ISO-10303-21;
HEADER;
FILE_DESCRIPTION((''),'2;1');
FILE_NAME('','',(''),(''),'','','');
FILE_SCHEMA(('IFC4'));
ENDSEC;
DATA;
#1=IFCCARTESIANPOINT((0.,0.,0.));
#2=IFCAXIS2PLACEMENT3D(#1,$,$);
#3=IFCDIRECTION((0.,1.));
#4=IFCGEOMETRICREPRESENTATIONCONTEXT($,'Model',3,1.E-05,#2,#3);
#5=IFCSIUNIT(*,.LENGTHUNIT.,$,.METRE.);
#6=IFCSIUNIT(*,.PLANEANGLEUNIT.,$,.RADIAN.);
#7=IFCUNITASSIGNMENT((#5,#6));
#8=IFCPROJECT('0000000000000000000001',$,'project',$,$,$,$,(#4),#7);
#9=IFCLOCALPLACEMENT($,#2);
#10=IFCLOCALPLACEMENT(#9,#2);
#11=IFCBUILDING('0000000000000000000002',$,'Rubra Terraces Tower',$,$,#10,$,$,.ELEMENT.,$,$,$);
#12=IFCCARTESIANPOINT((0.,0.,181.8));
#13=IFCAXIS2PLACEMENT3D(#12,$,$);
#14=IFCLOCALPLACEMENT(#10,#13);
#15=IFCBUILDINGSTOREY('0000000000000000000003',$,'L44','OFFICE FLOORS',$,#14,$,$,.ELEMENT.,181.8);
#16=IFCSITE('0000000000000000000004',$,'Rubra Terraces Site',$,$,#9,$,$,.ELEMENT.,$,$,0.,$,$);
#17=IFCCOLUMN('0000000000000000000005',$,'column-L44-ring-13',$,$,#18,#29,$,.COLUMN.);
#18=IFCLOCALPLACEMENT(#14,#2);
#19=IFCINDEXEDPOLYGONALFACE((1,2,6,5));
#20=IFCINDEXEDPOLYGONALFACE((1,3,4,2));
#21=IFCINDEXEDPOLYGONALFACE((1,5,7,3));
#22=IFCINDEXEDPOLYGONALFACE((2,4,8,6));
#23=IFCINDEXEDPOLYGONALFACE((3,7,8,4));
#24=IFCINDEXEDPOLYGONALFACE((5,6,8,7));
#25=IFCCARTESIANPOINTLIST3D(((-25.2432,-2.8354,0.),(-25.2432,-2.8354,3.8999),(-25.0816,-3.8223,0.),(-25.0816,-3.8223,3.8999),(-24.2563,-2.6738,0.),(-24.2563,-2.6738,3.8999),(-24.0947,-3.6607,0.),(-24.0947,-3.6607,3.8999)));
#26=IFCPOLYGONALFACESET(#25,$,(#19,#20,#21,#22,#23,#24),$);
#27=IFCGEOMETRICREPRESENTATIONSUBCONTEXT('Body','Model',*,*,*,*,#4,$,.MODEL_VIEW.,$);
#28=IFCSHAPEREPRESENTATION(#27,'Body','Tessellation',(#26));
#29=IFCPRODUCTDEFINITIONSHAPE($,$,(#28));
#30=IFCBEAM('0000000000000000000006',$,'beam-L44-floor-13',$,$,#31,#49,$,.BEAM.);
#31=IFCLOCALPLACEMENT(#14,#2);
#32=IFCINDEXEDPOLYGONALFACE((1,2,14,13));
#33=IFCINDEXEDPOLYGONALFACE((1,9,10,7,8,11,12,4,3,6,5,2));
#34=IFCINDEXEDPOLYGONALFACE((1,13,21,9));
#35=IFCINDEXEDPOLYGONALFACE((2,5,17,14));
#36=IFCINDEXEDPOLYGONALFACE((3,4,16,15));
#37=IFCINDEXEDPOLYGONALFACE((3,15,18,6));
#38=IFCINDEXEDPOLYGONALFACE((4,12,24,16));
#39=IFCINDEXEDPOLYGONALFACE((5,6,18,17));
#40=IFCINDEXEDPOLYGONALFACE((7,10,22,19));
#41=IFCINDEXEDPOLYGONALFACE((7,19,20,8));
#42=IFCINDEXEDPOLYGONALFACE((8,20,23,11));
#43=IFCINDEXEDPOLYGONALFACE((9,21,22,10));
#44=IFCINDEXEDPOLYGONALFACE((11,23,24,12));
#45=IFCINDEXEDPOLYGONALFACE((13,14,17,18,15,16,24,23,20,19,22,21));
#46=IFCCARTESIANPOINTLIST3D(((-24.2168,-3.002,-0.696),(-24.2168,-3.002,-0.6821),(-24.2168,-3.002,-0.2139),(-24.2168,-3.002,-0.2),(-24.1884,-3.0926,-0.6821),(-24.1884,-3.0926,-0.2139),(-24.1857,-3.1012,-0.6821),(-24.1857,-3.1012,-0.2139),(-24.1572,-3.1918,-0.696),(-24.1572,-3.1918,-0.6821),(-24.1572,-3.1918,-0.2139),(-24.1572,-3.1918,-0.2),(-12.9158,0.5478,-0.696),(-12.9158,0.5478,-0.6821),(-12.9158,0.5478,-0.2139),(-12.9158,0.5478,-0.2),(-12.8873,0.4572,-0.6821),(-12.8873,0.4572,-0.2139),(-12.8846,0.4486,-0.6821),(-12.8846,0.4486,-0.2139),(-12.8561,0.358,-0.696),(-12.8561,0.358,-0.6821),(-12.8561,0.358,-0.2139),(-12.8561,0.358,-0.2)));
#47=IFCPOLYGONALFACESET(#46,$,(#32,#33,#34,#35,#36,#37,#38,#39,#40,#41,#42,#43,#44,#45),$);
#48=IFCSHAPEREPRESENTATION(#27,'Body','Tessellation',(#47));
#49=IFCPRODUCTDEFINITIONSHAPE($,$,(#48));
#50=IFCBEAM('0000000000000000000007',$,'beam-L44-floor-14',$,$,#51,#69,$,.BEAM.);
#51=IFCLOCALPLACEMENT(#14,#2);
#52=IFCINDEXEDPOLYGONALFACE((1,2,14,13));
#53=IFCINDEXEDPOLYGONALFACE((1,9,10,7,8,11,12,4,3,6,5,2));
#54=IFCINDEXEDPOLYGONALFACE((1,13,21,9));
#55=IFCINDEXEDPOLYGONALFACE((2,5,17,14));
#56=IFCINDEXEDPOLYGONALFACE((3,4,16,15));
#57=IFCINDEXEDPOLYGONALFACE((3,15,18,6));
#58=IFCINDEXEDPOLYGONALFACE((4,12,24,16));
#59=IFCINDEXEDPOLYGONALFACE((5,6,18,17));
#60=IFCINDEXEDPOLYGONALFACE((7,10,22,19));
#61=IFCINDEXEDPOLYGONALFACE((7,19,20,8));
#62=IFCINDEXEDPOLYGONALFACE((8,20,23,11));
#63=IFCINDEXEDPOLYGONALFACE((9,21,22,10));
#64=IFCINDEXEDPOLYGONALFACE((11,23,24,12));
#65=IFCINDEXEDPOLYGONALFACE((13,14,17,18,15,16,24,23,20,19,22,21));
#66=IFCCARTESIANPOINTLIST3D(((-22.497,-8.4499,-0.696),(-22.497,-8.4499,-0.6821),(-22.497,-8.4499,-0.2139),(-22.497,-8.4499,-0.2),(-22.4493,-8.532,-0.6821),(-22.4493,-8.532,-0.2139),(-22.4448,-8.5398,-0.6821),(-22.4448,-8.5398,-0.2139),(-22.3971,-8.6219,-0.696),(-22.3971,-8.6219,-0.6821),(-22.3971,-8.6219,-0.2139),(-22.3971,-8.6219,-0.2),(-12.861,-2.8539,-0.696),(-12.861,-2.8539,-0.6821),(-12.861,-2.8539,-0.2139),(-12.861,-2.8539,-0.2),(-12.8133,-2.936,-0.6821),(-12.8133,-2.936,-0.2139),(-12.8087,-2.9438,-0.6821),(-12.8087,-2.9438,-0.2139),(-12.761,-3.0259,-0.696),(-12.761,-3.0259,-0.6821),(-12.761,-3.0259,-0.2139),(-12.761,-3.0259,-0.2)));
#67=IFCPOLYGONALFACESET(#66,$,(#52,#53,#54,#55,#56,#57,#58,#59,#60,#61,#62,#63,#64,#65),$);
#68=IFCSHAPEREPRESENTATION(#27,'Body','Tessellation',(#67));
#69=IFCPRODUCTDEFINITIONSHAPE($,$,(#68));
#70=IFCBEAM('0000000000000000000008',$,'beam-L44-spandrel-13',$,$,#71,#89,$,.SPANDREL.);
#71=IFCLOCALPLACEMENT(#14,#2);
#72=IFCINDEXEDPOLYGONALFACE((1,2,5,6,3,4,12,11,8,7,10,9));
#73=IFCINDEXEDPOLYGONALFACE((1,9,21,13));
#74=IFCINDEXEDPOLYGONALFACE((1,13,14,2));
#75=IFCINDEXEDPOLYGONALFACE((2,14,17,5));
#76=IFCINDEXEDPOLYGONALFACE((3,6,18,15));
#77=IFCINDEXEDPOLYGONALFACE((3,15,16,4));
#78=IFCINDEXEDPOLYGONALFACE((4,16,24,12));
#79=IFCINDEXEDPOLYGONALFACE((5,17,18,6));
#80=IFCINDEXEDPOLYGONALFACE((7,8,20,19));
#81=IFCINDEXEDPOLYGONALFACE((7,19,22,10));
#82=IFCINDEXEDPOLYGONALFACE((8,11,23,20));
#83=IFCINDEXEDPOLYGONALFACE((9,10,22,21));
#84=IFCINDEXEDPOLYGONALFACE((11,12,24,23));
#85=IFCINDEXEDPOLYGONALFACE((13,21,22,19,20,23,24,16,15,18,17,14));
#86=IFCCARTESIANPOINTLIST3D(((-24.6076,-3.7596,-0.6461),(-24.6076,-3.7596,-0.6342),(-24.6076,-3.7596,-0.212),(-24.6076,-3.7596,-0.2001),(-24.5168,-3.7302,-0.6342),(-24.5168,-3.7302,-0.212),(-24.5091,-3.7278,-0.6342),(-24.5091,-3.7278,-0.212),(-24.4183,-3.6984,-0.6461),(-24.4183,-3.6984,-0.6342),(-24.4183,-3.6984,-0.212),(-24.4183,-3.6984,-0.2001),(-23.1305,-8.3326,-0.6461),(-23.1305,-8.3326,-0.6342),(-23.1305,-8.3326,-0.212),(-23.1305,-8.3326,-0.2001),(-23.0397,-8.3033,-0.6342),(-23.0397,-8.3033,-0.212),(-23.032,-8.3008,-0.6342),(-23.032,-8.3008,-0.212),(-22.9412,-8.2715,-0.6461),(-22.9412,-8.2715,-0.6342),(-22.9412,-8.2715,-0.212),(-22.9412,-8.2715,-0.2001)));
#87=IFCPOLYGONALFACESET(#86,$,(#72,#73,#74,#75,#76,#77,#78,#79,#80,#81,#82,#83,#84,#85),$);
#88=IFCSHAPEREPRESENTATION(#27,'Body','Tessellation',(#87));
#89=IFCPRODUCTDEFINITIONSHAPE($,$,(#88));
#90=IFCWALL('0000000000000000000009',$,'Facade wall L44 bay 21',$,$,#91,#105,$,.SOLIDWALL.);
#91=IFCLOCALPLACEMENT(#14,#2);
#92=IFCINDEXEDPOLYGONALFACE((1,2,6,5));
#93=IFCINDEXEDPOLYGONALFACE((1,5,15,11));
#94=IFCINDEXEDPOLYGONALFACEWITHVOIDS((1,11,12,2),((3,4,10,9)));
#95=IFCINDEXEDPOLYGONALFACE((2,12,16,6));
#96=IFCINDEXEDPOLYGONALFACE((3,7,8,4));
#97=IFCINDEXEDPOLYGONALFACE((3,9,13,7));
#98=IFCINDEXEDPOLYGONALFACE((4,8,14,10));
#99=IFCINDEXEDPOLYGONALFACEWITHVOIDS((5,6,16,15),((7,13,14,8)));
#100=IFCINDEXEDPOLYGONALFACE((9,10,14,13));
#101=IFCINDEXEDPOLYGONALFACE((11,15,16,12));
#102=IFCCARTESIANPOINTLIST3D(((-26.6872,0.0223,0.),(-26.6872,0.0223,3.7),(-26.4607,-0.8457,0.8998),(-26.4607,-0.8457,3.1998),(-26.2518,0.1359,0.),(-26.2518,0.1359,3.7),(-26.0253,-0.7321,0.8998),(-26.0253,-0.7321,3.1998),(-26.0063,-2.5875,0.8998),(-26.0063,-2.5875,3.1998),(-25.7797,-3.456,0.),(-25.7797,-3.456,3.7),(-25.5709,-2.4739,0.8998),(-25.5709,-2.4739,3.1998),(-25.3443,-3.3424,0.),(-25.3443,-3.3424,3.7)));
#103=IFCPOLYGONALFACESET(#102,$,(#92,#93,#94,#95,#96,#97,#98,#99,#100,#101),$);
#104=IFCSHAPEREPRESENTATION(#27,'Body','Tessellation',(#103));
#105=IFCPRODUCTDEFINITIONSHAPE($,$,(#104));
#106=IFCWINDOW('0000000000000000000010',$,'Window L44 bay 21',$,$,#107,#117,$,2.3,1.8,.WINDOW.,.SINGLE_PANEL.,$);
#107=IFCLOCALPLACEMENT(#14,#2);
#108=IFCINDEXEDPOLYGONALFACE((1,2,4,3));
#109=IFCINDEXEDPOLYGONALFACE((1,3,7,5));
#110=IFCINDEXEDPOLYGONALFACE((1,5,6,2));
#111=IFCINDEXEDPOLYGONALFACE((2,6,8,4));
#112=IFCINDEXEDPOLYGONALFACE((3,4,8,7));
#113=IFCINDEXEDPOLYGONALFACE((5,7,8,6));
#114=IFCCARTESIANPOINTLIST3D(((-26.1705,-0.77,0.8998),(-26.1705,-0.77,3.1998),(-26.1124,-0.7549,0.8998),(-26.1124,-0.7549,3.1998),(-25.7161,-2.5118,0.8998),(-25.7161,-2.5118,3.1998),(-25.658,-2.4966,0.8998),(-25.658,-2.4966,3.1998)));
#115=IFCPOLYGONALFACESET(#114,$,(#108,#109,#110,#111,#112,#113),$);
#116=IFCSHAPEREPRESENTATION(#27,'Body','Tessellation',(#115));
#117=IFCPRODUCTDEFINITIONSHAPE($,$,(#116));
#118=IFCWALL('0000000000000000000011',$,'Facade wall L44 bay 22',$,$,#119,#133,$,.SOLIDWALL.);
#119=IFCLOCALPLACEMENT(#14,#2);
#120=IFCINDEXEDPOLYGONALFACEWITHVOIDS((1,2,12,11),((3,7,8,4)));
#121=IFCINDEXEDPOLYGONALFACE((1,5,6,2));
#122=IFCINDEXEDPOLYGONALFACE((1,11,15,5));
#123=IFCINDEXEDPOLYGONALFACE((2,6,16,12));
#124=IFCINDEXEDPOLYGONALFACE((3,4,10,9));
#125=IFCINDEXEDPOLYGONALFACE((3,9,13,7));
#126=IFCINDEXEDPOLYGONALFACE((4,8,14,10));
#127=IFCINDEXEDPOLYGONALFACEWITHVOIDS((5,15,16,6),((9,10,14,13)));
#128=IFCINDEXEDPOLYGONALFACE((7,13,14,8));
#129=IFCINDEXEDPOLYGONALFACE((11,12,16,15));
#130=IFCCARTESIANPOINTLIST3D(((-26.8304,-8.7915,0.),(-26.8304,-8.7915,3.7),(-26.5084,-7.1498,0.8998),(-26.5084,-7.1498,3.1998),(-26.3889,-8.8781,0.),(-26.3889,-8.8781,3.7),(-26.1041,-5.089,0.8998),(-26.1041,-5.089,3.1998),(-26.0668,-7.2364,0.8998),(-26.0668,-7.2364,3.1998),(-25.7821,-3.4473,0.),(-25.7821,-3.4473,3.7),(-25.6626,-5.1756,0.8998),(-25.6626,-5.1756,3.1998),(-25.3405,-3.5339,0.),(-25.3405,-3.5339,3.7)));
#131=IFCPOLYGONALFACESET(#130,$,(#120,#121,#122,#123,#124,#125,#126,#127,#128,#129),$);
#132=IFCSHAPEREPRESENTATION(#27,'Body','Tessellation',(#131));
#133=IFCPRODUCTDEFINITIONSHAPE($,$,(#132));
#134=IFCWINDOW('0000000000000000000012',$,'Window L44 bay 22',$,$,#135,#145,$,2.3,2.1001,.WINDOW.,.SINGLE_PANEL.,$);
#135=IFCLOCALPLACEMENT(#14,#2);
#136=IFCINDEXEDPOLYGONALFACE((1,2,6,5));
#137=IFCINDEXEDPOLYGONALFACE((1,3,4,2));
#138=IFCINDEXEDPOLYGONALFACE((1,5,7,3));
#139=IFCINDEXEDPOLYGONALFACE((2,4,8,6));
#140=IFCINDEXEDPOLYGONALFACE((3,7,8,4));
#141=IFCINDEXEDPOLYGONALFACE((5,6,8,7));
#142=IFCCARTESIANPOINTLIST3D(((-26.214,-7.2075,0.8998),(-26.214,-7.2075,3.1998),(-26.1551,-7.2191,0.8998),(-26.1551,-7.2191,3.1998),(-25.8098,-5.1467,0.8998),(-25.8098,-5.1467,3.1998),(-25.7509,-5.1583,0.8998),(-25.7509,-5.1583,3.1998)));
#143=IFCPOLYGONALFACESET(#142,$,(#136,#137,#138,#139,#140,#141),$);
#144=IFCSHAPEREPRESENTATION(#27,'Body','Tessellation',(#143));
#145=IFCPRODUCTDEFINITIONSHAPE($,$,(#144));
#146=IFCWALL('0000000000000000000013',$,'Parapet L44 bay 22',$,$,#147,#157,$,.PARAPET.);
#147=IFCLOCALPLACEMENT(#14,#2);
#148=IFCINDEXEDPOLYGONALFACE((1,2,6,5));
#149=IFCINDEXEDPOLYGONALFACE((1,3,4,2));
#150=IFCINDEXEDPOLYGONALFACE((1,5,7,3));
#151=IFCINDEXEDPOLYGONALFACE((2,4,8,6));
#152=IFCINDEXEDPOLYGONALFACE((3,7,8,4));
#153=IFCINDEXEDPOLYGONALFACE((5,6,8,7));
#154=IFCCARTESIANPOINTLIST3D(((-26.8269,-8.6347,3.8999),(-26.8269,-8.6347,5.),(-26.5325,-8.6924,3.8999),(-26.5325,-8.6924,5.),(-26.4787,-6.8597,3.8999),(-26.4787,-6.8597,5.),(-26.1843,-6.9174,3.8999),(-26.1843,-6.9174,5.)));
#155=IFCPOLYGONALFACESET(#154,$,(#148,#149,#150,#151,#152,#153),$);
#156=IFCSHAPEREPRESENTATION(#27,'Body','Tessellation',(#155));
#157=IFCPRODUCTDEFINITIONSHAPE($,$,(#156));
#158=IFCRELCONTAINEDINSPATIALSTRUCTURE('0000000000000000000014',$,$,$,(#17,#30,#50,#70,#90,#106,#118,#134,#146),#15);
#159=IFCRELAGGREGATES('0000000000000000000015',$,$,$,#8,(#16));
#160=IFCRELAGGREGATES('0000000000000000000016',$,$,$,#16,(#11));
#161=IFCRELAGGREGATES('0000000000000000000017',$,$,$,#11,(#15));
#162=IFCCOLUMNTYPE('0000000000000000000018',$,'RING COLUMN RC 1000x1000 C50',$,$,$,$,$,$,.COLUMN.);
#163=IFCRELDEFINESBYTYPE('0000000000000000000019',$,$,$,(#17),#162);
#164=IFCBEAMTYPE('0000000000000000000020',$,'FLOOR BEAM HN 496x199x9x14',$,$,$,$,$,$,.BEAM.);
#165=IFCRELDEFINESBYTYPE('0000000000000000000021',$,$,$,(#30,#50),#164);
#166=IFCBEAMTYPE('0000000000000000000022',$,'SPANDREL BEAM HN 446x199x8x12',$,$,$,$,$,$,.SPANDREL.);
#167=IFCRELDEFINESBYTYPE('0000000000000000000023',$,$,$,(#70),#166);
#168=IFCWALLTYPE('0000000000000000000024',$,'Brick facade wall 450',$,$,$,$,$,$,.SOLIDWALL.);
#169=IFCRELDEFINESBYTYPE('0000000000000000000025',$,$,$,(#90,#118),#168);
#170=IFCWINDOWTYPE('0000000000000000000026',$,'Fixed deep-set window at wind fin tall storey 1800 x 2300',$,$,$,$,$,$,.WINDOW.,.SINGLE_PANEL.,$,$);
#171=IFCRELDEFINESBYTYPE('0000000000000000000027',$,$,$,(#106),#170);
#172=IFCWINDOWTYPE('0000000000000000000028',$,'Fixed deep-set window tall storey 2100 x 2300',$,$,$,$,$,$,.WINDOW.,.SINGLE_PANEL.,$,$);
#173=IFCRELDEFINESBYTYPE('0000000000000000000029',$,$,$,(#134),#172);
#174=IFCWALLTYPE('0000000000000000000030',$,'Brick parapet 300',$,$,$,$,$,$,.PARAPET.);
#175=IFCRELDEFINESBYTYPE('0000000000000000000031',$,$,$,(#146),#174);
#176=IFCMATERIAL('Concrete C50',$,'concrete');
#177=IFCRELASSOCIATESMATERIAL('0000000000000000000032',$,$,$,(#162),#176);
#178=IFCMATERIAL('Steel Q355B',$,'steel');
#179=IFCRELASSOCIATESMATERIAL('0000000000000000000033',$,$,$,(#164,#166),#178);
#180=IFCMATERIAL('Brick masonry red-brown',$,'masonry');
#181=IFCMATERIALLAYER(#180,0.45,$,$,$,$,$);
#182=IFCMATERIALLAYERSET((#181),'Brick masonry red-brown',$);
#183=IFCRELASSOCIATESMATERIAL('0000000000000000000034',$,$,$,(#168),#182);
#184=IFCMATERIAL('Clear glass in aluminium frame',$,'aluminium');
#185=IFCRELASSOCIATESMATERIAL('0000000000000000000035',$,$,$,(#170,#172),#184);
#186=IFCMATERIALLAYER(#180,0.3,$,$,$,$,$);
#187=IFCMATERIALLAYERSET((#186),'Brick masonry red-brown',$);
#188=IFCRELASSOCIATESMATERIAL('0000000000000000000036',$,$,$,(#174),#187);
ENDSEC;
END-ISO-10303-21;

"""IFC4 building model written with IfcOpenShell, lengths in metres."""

from ifc_helpers import new_model, si_unit, direction, frame, frame_2d, origin, origin_2d, place, context, subcontext, project, spatial, rectangle, i_section, extrude, material, layer, layer_set, material_profile, profile_set, type_object, element, fill, save


model = new_model("IFC4")

# Units and contexts
model_context = context("Model", 3, precision=1e-05, world=origin(), true_north=direction((0.0, 1.0)))
body_context = subcontext(model_context, "Body", "Model", "MODEL_VIEW")
ifc_project = project(units=[si_unit("LENGTHUNIT", "METRE"), si_unit("PLANEANGLEUNIT", "RADIAN")], contexts=[model_context])

# Site, building, storey
site_placement = place(None, origin())
site = spatial("IfcSite", under=ifc_project, at=site_placement, Name="Rubra Terraces Site", CompositionType="ELEMENT", RefElevation=0.0)
building_placement = place(site_placement, origin())
building = spatial("IfcBuilding", under=site, at=building_placement, Name="Rubra Terraces Tower", CompositionType="ELEMENT")
storey_placement = place(building_placement, frame((0.0, 0.0, 181.8)))
storey = spatial("IfcBuildingStorey", under=building, at=storey_placement, Name="L44", Description="OFFICE FLOORS", CompositionType="ELEMENT", Elevation=181.8)

# Column
ifc_material_1 = material(Name="Concrete C50", Category="concrete")
ifc_material_profile_1 = material_profile(ifc_material_1, rectangle(XDim=1.0, YDim=1.0, at=origin_2d()), Name="RC 1000x1000")
ifc_profile_set_1 = profile_set([ifc_material_profile_1], Name="Concrete C50")
column_type = type_object("IfcColumnType", Name="RING COLUMN RC 1000x1000 C50", PredefinedType="COLUMN", material=ifc_profile_set_1)
column_placement = place(storey_placement, frame((-24.6689, -3.248, 0.0), z_axis=(0.0, 0.0, 1.0), x_axis=(0.161559, -0.986863, 0.0)))
element("IfcColumn", 1, at=column_placement, inside=storey, type_object=column_type, Name="column-L44-ring-13", PredefinedType="COLUMN", context=body_context, shape_type="SweptSolid", body=[
    extrude(rectangle(XDim=1.0, YDim=1.0, at=origin_2d()), origin(), (0.0, 0.0, 1.0), 3.8999),
])

# Beams
ifc_material_2 = material(Name="Steel Q355B", Category="steel")
ifc_material_profile_2 = material_profile(ifc_material_2, i_section(OverallWidth=0.199, OverallDepth=0.4961, WebThickness=0.009, FlangeThickness=0.0139, at=origin_2d()), Name="HN 496x199x9x14")
ifc_profile_set_2 = profile_set([ifc_material_profile_2], Name="Steel Q355B")
beam_type_1 = type_object("IfcBeamType", Name="FLOOR BEAM HN 496x199x9x14", PredefinedType="BEAM", material=ifc_profile_set_2)
beam_1_placement = place(storey_placement, frame((-24.187, -3.0969, -0.448), z_axis=(0.954041, 0.299677, 0.0), x_axis=(-0.299677, 0.954041, 0.0)))
element("IfcBeam", 2, at=beam_1_placement, inside=storey, type_object=beam_type_1, Name="beam-L44-floor-13", PredefinedType="BEAM", context=body_context, shape_type="SweptSolid", body=[
    extrude(i_section(OverallWidth=0.199, OverallDepth=0.4961, WebThickness=0.009, FlangeThickness=0.0139, at=origin_2d()), origin(), (0.0, 0.0, 1.0), 11.8455),
])
beam_2_placement = place(storey_placement, frame((-22.447, -8.5359, -0.448), z_axis=(0.864755, 0.502193, 0.0), x_axis=(-0.502193, 0.864755, 0.0)))
element("IfcBeam", 3, at=beam_2_placement, inside=storey, type_object=beam_type_1, Name="beam-L44-floor-14", PredefinedType="BEAM", context=body_context, shape_type="SweptSolid", body=[
    extrude(i_section(OverallWidth=0.199, OverallDepth=0.4961, WebThickness=0.009, FlangeThickness=0.0139, at=origin_2d()), origin(), (0.0, 0.0, 1.0), 11.1431),
])
ifc_material_profile_3 = material_profile(ifc_material_2, i_section(OverallWidth=0.199, OverallDepth=0.446, WebThickness=0.0081, FlangeThickness=0.012, at=origin_2d()), Name="HN 446x199x8x12")
ifc_profile_set_3 = profile_set([ifc_material_profile_3], Name="Steel Q355B")
beam_type_2 = type_object("IfcBeamType", Name="SPANDREL BEAM HN 446x199x8x12", PredefinedType="SPANDREL", material=ifc_profile_set_3)
beam_3_placement = place(storey_placement, frame((-24.5129, -3.729, -0.4231), z_axis=(0.307359, -0.951594, 0.0), x_axis=(0.951594, 0.307359, 0.0)))
element("IfcBeam", 4, at=beam_3_placement, inside=storey, type_object=beam_type_2, Name="beam-L44-spandrel-13", PredefinedType="SPANDREL", context=body_context, shape_type="SweptSolid", body=[
    extrude(i_section(OverallWidth=0.199, OverallDepth=0.446, WebThickness=0.0081, FlangeThickness=0.012, at=origin_2d()), origin(), (0.0, 0.0, 1.0), 4.8057),
])

# Walls, openings, windows
ifc_material_3 = material(Name="Brick masonry red-brown", Category="masonry")
ifc_layer_1 = layer(ifc_material_3, 0.45)
ifc_layer_set_1 = layer_set([ifc_layer_1], Name="Brick masonry red-brown")
wall_type_1 = type_object("IfcWallType", Name="Brick facade wall 450", PredefinedType="SOLIDWALL", material=ifc_layer_set_1)
wall_1_placement = place(storey_placement, frame((-26.4695, 0.0791, 0.0), z_axis=(0.0, 0.0, 1.0), x_axis=(0.252447, -0.967611, 0.0)))
wall_1 = element("IfcWall", 5, at=wall_1_placement, inside=storey, type_object=wall_type_1, Name="Facade wall L44 bay 21", PredefinedType="SOLIDWALL", context=body_context, shape_type="SweptSolid", body=[
    extrude(rectangle(XDim=3.5947, YDim=0.45, at=frame_2d((1.7974, 0.0))), origin(), (0.0, 0.0, 1.0), 3.7),
])
opening_1_placement = place(wall_1_placement, frame((0.8972, 0.0, 0.8999)))
opening_1 = element("IfcOpeningElement", 6, at=opening_1_placement, cuts=wall_1, PredefinedType="OPENING", context=body_context, shape_type="SweptSolid", body=[
    extrude(rectangle(XDim=1.8, YDim=2.3, at=frame_2d((0.8999, 1.1499))), frame((0.0, 0.2349, 0.0), z_axis=(0.0, -1.0, 0.0), x_axis=(1.0, 0.0, 0.0)), (0.0, 0.0, 1.0), 0.47),
])
ifc_material_4 = material(Name="Clear glass in aluminium frame", Category="aluminium")
window_type_1 = type_object("IfcWindowType", Name="Fixed deep-set window at wind fin tall storey 1800 x 2300", PartitioningType="SINGLE_PANEL", PredefinedType="WINDOW", material=ifc_material_4)
window_1_placement = place(opening_1_placement, origin())
window_1 = element("IfcWindow", 7, at=window_1_placement, inside=storey, type_object=window_type_1, Name="Window L44 bay 21", OverallHeight=2.3, OverallWidth=1.8, PartitioningType="SINGLE_PANEL", PredefinedType="WINDOW", context=body_context, shape_type="SweptSolid", body=[
    extrude(rectangle(XDim=1.8, YDim=2.3, at=frame_2d((0.8999, 1.1499))), frame((0.0, 0.135, 0.0), z_axis=(0.0, -1.0, 0.0), x_axis=(1.0, 0.0, 0.0)), (0.0, 0.0, 1.0), 0.0601),
])
fill(opening_1, window_1)
wall_2_placement = place(storey_placement, frame((-25.5613, -3.4905, 0.0), z_axis=(0.0, 0.0, 1.0), x_axis=(-0.192494, -0.981298, 0.0)))
wall_2 = element("IfcWall", 8, at=wall_2_placement, inside=storey, type_object=wall_type_1, Name="Facade wall L44 bay 22", PredefinedType="SOLIDWALL", context=body_context, shape_type="SweptSolid", body=[
    extrude(rectangle(XDim=5.446, YDim=0.45, at=frame_2d((2.7231, 0.0))), origin(), (0.0, 0.0, 1.0), 3.7),
])
opening_2_placement = place(wall_2_placement, frame((1.6731, 0.0, 0.8999)))
opening_2 = element("IfcOpeningElement", 9, at=opening_2_placement, cuts=wall_2, PredefinedType="OPENING", context=body_context, shape_type="SweptSolid", body=[
    extrude(rectangle(XDim=2.1001, YDim=2.3, at=frame_2d((1.05, 1.1499))), frame((0.0, 0.2349, 0.0), z_axis=(0.0, -1.0, 0.0), x_axis=(1.0, 0.0, 0.0)), (0.0, 0.0, 1.0), 0.47),
])
window_type_2 = type_object("IfcWindowType", Name="Fixed deep-set window tall storey 2100 x 2300", PartitioningType="SINGLE_PANEL", PredefinedType="WINDOW", material=ifc_material_4)
window_2_placement = place(opening_2_placement, origin())
window_2 = element("IfcWindow", 10, at=window_2_placement, inside=storey, type_object=window_type_2, Name="Window L44 bay 22", OverallHeight=2.3, OverallWidth=2.1001, PartitioningType="SINGLE_PANEL", PredefinedType="WINDOW", context=body_context, shape_type="SweptSolid", body=[
    extrude(rectangle(XDim=2.1001, YDim=2.3, at=frame_2d((1.05, 1.1499))), frame((0.0, 0.135, 0.0), z_axis=(0.0, -1.0, 0.0), x_axis=(1.0, 0.0, 0.0)), (0.0, 0.0, 1.0), 0.0601),
])
fill(opening_2, window_2)

# Wall
ifc_layer_2 = layer(ifc_material_3, 0.3)
ifc_layer_set_2 = layer_set([ifc_layer_2], Name="Brick masonry red-brown")
wall_type_2 = type_object("IfcWallType", Name="Brick parapet 300", PredefinedType="PARAPET", material=ifc_layer_set_2)
wall_3_placement = place(storey_placement, frame((-26.3315, -6.8887, 3.8999), z_axis=(0.0, 0.0, 1.0), x_axis=(-0.192481, -0.981301, 0.0)))
element("IfcWall", 11, at=wall_3_placement, inside=storey, type_object=wall_type_2, Name="Parapet L44 bay 22", PredefinedType="PARAPET", context=body_context, shape_type="SweptSolid", body=[
    extrude(rectangle(XDim=1.8088, YDim=0.3, at=frame_2d((0.9043, 0.0))), origin(), (0.0, 0.0, 1.0), 1.1001),
])

save(model, "model.ifc")
